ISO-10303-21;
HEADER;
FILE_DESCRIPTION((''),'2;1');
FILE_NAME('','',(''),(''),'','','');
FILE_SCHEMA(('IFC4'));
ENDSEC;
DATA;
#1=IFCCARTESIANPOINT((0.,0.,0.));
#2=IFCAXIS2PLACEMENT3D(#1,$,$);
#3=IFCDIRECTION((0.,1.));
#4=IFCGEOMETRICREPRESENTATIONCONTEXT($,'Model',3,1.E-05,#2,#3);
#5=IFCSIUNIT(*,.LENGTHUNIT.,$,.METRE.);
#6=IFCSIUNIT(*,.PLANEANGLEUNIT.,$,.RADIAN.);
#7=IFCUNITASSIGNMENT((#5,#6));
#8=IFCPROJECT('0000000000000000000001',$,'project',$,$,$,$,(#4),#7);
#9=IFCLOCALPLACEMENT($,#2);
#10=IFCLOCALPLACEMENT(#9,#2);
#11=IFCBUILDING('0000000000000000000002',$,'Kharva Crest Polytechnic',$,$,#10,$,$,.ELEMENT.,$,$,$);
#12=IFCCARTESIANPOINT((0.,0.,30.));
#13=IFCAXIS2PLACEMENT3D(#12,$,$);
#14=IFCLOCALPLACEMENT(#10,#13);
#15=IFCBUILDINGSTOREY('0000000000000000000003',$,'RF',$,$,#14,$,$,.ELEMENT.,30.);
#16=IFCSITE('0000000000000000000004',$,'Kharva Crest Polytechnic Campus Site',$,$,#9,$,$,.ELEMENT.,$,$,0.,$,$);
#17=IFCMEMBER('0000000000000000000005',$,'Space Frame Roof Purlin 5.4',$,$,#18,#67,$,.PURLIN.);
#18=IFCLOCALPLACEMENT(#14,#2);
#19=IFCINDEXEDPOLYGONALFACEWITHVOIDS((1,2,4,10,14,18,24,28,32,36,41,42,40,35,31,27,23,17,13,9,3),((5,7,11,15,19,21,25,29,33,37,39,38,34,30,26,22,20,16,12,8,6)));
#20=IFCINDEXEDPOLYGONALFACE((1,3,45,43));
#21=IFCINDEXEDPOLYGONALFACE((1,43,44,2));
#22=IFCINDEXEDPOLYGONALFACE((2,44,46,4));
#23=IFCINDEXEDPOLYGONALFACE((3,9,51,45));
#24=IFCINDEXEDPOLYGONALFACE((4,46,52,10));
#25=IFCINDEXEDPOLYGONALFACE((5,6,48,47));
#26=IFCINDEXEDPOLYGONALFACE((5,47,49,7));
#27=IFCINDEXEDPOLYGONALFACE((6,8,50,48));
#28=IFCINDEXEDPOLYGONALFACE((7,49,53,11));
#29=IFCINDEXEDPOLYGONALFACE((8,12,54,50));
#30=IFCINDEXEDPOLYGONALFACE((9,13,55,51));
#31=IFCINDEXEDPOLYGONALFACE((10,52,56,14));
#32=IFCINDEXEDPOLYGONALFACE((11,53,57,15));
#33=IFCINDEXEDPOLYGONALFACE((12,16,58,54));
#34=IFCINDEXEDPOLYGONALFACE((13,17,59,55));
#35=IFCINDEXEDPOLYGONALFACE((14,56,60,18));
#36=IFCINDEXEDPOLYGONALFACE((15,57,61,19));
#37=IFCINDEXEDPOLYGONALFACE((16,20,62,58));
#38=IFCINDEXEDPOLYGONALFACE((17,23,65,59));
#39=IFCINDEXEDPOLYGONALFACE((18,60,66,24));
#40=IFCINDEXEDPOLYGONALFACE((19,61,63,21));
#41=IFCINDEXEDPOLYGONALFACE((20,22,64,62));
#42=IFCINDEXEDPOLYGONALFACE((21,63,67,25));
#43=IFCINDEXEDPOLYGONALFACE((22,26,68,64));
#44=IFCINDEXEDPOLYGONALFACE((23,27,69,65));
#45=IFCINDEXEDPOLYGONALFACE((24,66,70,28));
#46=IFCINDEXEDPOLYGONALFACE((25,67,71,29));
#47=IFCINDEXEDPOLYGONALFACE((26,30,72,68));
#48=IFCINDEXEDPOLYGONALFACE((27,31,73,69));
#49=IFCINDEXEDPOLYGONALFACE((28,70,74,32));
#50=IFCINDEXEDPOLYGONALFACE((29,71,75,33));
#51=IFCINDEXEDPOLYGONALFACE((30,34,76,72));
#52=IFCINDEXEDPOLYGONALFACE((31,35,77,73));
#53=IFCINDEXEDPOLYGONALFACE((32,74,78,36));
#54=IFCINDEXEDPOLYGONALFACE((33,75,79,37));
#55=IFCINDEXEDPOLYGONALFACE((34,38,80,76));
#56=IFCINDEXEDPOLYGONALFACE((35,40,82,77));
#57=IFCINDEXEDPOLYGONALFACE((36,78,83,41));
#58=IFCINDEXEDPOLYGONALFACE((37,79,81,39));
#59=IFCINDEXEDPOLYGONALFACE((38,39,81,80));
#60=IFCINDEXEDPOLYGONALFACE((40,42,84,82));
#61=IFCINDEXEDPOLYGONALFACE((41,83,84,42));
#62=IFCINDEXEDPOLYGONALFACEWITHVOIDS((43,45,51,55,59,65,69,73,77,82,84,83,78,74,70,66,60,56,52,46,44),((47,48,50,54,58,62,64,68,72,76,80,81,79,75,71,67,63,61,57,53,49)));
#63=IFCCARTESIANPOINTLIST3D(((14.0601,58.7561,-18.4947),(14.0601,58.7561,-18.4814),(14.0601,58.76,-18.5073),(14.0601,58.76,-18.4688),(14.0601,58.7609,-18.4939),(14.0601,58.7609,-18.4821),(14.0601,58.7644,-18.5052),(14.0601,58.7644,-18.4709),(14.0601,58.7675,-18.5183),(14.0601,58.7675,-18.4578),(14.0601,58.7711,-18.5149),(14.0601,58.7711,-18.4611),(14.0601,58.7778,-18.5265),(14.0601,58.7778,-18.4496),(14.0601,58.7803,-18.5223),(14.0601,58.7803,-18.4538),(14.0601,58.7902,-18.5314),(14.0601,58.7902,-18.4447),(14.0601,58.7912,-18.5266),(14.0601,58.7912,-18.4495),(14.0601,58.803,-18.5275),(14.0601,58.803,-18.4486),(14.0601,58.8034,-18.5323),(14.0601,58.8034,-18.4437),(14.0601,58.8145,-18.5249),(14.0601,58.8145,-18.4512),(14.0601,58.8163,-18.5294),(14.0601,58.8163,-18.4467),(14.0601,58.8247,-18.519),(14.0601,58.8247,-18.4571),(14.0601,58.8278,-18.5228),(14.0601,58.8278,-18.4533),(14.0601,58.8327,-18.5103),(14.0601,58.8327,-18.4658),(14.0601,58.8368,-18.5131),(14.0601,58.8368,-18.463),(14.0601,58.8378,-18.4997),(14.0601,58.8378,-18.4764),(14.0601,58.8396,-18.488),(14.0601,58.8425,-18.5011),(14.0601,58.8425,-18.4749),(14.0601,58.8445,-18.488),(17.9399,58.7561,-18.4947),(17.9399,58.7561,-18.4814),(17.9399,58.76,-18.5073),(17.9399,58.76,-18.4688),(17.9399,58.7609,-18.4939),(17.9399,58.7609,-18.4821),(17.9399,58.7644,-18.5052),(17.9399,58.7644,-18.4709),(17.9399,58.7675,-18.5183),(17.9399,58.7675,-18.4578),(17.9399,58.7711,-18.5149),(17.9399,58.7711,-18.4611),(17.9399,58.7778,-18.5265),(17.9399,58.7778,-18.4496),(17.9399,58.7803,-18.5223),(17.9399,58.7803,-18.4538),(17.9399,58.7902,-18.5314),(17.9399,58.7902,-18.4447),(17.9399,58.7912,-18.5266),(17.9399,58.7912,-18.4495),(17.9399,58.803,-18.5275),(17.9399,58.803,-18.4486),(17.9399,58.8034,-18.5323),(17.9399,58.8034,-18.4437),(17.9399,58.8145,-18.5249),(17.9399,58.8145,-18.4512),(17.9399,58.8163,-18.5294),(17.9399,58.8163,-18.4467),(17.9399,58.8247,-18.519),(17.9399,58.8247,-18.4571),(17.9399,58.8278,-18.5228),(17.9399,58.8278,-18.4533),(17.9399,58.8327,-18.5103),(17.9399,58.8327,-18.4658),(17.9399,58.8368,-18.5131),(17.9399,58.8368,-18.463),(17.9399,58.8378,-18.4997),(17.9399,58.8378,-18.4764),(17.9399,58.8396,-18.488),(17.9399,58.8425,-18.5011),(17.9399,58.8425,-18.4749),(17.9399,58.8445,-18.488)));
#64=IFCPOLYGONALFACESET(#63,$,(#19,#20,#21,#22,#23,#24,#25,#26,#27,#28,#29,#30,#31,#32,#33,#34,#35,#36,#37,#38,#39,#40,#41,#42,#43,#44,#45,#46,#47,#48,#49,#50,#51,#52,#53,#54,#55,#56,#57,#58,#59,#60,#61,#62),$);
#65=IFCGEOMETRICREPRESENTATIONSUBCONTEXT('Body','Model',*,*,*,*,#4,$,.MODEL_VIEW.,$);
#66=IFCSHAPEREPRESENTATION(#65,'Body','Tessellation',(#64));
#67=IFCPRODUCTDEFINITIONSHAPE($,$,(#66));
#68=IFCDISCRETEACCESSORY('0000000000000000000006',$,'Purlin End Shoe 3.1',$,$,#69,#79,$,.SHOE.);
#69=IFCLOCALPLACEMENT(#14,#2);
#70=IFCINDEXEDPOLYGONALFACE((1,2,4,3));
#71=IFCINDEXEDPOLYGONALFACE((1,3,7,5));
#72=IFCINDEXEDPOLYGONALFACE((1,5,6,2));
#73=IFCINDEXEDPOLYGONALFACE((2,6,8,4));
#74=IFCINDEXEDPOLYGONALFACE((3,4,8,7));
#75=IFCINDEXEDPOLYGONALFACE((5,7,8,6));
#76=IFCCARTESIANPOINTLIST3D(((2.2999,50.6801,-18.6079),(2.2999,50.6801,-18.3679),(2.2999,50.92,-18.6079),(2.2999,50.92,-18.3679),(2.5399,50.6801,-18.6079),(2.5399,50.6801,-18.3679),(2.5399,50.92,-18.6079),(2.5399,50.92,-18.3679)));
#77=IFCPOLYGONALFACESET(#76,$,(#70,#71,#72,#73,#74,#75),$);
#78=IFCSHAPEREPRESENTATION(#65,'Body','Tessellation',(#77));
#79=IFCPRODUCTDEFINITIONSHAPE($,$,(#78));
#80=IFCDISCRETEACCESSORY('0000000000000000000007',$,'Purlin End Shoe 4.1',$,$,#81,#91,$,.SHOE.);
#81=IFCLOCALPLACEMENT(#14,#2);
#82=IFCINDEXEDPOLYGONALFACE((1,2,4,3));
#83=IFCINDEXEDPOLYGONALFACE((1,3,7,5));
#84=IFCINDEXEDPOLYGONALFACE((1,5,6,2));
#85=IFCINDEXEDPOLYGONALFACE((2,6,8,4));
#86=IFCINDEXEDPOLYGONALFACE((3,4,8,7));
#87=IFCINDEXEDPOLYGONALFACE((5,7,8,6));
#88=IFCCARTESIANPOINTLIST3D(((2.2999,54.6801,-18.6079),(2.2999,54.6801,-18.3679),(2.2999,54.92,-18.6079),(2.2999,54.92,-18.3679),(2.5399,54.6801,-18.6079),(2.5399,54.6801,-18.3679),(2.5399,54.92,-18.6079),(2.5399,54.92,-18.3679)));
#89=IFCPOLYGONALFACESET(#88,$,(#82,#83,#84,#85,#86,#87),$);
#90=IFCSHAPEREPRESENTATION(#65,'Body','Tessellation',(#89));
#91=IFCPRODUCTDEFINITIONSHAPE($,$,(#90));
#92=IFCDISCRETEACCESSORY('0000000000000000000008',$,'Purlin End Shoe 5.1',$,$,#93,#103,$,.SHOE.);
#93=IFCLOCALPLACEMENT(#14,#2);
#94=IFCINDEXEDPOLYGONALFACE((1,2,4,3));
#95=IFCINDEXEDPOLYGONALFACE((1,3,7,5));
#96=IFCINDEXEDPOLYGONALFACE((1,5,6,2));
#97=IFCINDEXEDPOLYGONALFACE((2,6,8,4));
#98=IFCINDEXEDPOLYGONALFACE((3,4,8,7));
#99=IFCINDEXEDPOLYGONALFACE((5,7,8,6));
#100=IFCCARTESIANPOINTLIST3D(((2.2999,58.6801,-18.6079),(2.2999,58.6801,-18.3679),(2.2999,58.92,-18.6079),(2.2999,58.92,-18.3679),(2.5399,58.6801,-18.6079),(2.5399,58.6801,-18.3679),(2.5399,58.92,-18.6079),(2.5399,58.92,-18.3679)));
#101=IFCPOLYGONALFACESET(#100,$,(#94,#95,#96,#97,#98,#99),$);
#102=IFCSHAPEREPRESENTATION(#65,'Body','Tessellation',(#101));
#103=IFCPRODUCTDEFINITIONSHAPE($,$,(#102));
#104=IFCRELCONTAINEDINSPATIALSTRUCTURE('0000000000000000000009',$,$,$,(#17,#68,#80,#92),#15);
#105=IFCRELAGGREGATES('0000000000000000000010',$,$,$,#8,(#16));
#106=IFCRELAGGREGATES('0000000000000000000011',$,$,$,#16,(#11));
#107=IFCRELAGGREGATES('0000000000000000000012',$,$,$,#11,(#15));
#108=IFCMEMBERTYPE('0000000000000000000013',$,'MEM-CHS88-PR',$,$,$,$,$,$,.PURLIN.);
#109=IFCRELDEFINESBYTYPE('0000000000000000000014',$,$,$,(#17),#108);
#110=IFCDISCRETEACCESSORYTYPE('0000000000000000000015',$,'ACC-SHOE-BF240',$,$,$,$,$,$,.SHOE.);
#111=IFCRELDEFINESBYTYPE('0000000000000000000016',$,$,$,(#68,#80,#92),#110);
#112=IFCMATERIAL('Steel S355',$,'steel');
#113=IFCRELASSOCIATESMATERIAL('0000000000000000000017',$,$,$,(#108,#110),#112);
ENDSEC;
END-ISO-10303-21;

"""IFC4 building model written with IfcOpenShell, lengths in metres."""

from ifc_helpers import new_model, si_unit, direction, frame, origin, origin_2d, place, context, subcontext, project, spatial, rectangle, hollow_circle, extrude, material, material_profile, profile_set, type_object, element, save


model = new_model("IFC4")

# Units and contexts
model_context = context("Model", 3, precision=1e-05, world=origin(), true_north=direction((0.0, 1.0)))
body_context = subcontext(model_context, "Body", "Model", "MODEL_VIEW")
ifc_project = project(units=[si_unit("LENGTHUNIT", "METRE"), si_unit("PLANEANGLEUNIT", "RADIAN")], contexts=[model_context])

# Site, building, storey
site_placement = place(None, origin())
site = spatial("IfcSite", under=ifc_project, at=site_placement, Name="Kharva Crest Polytechnic Campus Site", CompositionType="ELEMENT", RefElevation=0.0)
building_placement = place(site_placement, origin())
building = spatial("IfcBuilding", under=site, at=building_placement, Name="Kharva Crest Polytechnic", CompositionType="ELEMENT")
storey_placement = place(building_placement, frame((0.0, 0.0, 30.0)))
storey = spatial("IfcBuildingStorey", under=building, at=storey_placement, Name="RF", CompositionType="ELEMENT", Elevation=30.0)

# Member
ifc_material = material(Name="Steel S355", Category="steel")
ifc_material_profile = material_profile(ifc_material, hollow_circle(Radius=0.0444, WallThickness=0.0049, at=origin_2d()), Name="CHS 88.9X5.0")
ifc_profile_set = profile_set([ifc_material_profile], Name="Steel S355")
member_type = type_object("IfcMemberType", Name="MEM-CHS88-PR", PredefinedType="PURLIN", material=ifc_profile_set)
member_1_placement = place(storey_placement, frame((14.0601, 58.8, -18.488), z_axis=(1.0, 0.0, 0.0), x_axis=(0.0, 1.0, 0.0)))
element("IfcMember", 1, at=member_1_placement, inside=storey, type_object=member_type, Name="Space Frame Roof Purlin 5.4", PredefinedType="PURLIN", context=body_context, shape_type="SweptSolid", body=[
    extrude(hollow_circle(Radius=0.0444, WallThickness=0.0049, at=origin_2d()), origin(), (0.0, 0.0, 1.0), 3.8799),
])

# Discrete accessories
discrete_accessory_type = type_object("IfcDiscreteAccessoryType", Name="ACC-SHOE-BF240", PredefinedType="SHOE", material=ifc_material)
for number, where, z_axis, x_axis, name in (
    (2, (2.4199, 50.8, -18.6079), (0.0, 0.0, 1.0), (1.0, 0.0, 0.0), "Purlin End Shoe 3.1"),
    (3, (2.4199, 54.8, -18.6079), (0.0, 0.0, 1.0), (1.0, 0.0, 0.0), "Purlin End Shoe 4.1"),
    (4, (2.4199, 58.8, -18.6079), (0.0, 0.0, 1.0), (1.0, 0.0, 0.0), "Purlin End Shoe 5.1"),
):
    element("IfcDiscreteAccessory", number, at=place(storey_placement, frame(where, z_axis=z_axis, x_axis=x_axis)), inside=storey, type_object=discrete_accessory_type, Name=name, PredefinedType="SHOE", context=body_context, shape_type="SweptSolid", body=[
        extrude(rectangle(XDim=0.24, YDim=0.24, at=origin_2d()), origin(), (0.0, 0.0, 1.0), 0.24),
    ])

save(model, "model.ifc")
